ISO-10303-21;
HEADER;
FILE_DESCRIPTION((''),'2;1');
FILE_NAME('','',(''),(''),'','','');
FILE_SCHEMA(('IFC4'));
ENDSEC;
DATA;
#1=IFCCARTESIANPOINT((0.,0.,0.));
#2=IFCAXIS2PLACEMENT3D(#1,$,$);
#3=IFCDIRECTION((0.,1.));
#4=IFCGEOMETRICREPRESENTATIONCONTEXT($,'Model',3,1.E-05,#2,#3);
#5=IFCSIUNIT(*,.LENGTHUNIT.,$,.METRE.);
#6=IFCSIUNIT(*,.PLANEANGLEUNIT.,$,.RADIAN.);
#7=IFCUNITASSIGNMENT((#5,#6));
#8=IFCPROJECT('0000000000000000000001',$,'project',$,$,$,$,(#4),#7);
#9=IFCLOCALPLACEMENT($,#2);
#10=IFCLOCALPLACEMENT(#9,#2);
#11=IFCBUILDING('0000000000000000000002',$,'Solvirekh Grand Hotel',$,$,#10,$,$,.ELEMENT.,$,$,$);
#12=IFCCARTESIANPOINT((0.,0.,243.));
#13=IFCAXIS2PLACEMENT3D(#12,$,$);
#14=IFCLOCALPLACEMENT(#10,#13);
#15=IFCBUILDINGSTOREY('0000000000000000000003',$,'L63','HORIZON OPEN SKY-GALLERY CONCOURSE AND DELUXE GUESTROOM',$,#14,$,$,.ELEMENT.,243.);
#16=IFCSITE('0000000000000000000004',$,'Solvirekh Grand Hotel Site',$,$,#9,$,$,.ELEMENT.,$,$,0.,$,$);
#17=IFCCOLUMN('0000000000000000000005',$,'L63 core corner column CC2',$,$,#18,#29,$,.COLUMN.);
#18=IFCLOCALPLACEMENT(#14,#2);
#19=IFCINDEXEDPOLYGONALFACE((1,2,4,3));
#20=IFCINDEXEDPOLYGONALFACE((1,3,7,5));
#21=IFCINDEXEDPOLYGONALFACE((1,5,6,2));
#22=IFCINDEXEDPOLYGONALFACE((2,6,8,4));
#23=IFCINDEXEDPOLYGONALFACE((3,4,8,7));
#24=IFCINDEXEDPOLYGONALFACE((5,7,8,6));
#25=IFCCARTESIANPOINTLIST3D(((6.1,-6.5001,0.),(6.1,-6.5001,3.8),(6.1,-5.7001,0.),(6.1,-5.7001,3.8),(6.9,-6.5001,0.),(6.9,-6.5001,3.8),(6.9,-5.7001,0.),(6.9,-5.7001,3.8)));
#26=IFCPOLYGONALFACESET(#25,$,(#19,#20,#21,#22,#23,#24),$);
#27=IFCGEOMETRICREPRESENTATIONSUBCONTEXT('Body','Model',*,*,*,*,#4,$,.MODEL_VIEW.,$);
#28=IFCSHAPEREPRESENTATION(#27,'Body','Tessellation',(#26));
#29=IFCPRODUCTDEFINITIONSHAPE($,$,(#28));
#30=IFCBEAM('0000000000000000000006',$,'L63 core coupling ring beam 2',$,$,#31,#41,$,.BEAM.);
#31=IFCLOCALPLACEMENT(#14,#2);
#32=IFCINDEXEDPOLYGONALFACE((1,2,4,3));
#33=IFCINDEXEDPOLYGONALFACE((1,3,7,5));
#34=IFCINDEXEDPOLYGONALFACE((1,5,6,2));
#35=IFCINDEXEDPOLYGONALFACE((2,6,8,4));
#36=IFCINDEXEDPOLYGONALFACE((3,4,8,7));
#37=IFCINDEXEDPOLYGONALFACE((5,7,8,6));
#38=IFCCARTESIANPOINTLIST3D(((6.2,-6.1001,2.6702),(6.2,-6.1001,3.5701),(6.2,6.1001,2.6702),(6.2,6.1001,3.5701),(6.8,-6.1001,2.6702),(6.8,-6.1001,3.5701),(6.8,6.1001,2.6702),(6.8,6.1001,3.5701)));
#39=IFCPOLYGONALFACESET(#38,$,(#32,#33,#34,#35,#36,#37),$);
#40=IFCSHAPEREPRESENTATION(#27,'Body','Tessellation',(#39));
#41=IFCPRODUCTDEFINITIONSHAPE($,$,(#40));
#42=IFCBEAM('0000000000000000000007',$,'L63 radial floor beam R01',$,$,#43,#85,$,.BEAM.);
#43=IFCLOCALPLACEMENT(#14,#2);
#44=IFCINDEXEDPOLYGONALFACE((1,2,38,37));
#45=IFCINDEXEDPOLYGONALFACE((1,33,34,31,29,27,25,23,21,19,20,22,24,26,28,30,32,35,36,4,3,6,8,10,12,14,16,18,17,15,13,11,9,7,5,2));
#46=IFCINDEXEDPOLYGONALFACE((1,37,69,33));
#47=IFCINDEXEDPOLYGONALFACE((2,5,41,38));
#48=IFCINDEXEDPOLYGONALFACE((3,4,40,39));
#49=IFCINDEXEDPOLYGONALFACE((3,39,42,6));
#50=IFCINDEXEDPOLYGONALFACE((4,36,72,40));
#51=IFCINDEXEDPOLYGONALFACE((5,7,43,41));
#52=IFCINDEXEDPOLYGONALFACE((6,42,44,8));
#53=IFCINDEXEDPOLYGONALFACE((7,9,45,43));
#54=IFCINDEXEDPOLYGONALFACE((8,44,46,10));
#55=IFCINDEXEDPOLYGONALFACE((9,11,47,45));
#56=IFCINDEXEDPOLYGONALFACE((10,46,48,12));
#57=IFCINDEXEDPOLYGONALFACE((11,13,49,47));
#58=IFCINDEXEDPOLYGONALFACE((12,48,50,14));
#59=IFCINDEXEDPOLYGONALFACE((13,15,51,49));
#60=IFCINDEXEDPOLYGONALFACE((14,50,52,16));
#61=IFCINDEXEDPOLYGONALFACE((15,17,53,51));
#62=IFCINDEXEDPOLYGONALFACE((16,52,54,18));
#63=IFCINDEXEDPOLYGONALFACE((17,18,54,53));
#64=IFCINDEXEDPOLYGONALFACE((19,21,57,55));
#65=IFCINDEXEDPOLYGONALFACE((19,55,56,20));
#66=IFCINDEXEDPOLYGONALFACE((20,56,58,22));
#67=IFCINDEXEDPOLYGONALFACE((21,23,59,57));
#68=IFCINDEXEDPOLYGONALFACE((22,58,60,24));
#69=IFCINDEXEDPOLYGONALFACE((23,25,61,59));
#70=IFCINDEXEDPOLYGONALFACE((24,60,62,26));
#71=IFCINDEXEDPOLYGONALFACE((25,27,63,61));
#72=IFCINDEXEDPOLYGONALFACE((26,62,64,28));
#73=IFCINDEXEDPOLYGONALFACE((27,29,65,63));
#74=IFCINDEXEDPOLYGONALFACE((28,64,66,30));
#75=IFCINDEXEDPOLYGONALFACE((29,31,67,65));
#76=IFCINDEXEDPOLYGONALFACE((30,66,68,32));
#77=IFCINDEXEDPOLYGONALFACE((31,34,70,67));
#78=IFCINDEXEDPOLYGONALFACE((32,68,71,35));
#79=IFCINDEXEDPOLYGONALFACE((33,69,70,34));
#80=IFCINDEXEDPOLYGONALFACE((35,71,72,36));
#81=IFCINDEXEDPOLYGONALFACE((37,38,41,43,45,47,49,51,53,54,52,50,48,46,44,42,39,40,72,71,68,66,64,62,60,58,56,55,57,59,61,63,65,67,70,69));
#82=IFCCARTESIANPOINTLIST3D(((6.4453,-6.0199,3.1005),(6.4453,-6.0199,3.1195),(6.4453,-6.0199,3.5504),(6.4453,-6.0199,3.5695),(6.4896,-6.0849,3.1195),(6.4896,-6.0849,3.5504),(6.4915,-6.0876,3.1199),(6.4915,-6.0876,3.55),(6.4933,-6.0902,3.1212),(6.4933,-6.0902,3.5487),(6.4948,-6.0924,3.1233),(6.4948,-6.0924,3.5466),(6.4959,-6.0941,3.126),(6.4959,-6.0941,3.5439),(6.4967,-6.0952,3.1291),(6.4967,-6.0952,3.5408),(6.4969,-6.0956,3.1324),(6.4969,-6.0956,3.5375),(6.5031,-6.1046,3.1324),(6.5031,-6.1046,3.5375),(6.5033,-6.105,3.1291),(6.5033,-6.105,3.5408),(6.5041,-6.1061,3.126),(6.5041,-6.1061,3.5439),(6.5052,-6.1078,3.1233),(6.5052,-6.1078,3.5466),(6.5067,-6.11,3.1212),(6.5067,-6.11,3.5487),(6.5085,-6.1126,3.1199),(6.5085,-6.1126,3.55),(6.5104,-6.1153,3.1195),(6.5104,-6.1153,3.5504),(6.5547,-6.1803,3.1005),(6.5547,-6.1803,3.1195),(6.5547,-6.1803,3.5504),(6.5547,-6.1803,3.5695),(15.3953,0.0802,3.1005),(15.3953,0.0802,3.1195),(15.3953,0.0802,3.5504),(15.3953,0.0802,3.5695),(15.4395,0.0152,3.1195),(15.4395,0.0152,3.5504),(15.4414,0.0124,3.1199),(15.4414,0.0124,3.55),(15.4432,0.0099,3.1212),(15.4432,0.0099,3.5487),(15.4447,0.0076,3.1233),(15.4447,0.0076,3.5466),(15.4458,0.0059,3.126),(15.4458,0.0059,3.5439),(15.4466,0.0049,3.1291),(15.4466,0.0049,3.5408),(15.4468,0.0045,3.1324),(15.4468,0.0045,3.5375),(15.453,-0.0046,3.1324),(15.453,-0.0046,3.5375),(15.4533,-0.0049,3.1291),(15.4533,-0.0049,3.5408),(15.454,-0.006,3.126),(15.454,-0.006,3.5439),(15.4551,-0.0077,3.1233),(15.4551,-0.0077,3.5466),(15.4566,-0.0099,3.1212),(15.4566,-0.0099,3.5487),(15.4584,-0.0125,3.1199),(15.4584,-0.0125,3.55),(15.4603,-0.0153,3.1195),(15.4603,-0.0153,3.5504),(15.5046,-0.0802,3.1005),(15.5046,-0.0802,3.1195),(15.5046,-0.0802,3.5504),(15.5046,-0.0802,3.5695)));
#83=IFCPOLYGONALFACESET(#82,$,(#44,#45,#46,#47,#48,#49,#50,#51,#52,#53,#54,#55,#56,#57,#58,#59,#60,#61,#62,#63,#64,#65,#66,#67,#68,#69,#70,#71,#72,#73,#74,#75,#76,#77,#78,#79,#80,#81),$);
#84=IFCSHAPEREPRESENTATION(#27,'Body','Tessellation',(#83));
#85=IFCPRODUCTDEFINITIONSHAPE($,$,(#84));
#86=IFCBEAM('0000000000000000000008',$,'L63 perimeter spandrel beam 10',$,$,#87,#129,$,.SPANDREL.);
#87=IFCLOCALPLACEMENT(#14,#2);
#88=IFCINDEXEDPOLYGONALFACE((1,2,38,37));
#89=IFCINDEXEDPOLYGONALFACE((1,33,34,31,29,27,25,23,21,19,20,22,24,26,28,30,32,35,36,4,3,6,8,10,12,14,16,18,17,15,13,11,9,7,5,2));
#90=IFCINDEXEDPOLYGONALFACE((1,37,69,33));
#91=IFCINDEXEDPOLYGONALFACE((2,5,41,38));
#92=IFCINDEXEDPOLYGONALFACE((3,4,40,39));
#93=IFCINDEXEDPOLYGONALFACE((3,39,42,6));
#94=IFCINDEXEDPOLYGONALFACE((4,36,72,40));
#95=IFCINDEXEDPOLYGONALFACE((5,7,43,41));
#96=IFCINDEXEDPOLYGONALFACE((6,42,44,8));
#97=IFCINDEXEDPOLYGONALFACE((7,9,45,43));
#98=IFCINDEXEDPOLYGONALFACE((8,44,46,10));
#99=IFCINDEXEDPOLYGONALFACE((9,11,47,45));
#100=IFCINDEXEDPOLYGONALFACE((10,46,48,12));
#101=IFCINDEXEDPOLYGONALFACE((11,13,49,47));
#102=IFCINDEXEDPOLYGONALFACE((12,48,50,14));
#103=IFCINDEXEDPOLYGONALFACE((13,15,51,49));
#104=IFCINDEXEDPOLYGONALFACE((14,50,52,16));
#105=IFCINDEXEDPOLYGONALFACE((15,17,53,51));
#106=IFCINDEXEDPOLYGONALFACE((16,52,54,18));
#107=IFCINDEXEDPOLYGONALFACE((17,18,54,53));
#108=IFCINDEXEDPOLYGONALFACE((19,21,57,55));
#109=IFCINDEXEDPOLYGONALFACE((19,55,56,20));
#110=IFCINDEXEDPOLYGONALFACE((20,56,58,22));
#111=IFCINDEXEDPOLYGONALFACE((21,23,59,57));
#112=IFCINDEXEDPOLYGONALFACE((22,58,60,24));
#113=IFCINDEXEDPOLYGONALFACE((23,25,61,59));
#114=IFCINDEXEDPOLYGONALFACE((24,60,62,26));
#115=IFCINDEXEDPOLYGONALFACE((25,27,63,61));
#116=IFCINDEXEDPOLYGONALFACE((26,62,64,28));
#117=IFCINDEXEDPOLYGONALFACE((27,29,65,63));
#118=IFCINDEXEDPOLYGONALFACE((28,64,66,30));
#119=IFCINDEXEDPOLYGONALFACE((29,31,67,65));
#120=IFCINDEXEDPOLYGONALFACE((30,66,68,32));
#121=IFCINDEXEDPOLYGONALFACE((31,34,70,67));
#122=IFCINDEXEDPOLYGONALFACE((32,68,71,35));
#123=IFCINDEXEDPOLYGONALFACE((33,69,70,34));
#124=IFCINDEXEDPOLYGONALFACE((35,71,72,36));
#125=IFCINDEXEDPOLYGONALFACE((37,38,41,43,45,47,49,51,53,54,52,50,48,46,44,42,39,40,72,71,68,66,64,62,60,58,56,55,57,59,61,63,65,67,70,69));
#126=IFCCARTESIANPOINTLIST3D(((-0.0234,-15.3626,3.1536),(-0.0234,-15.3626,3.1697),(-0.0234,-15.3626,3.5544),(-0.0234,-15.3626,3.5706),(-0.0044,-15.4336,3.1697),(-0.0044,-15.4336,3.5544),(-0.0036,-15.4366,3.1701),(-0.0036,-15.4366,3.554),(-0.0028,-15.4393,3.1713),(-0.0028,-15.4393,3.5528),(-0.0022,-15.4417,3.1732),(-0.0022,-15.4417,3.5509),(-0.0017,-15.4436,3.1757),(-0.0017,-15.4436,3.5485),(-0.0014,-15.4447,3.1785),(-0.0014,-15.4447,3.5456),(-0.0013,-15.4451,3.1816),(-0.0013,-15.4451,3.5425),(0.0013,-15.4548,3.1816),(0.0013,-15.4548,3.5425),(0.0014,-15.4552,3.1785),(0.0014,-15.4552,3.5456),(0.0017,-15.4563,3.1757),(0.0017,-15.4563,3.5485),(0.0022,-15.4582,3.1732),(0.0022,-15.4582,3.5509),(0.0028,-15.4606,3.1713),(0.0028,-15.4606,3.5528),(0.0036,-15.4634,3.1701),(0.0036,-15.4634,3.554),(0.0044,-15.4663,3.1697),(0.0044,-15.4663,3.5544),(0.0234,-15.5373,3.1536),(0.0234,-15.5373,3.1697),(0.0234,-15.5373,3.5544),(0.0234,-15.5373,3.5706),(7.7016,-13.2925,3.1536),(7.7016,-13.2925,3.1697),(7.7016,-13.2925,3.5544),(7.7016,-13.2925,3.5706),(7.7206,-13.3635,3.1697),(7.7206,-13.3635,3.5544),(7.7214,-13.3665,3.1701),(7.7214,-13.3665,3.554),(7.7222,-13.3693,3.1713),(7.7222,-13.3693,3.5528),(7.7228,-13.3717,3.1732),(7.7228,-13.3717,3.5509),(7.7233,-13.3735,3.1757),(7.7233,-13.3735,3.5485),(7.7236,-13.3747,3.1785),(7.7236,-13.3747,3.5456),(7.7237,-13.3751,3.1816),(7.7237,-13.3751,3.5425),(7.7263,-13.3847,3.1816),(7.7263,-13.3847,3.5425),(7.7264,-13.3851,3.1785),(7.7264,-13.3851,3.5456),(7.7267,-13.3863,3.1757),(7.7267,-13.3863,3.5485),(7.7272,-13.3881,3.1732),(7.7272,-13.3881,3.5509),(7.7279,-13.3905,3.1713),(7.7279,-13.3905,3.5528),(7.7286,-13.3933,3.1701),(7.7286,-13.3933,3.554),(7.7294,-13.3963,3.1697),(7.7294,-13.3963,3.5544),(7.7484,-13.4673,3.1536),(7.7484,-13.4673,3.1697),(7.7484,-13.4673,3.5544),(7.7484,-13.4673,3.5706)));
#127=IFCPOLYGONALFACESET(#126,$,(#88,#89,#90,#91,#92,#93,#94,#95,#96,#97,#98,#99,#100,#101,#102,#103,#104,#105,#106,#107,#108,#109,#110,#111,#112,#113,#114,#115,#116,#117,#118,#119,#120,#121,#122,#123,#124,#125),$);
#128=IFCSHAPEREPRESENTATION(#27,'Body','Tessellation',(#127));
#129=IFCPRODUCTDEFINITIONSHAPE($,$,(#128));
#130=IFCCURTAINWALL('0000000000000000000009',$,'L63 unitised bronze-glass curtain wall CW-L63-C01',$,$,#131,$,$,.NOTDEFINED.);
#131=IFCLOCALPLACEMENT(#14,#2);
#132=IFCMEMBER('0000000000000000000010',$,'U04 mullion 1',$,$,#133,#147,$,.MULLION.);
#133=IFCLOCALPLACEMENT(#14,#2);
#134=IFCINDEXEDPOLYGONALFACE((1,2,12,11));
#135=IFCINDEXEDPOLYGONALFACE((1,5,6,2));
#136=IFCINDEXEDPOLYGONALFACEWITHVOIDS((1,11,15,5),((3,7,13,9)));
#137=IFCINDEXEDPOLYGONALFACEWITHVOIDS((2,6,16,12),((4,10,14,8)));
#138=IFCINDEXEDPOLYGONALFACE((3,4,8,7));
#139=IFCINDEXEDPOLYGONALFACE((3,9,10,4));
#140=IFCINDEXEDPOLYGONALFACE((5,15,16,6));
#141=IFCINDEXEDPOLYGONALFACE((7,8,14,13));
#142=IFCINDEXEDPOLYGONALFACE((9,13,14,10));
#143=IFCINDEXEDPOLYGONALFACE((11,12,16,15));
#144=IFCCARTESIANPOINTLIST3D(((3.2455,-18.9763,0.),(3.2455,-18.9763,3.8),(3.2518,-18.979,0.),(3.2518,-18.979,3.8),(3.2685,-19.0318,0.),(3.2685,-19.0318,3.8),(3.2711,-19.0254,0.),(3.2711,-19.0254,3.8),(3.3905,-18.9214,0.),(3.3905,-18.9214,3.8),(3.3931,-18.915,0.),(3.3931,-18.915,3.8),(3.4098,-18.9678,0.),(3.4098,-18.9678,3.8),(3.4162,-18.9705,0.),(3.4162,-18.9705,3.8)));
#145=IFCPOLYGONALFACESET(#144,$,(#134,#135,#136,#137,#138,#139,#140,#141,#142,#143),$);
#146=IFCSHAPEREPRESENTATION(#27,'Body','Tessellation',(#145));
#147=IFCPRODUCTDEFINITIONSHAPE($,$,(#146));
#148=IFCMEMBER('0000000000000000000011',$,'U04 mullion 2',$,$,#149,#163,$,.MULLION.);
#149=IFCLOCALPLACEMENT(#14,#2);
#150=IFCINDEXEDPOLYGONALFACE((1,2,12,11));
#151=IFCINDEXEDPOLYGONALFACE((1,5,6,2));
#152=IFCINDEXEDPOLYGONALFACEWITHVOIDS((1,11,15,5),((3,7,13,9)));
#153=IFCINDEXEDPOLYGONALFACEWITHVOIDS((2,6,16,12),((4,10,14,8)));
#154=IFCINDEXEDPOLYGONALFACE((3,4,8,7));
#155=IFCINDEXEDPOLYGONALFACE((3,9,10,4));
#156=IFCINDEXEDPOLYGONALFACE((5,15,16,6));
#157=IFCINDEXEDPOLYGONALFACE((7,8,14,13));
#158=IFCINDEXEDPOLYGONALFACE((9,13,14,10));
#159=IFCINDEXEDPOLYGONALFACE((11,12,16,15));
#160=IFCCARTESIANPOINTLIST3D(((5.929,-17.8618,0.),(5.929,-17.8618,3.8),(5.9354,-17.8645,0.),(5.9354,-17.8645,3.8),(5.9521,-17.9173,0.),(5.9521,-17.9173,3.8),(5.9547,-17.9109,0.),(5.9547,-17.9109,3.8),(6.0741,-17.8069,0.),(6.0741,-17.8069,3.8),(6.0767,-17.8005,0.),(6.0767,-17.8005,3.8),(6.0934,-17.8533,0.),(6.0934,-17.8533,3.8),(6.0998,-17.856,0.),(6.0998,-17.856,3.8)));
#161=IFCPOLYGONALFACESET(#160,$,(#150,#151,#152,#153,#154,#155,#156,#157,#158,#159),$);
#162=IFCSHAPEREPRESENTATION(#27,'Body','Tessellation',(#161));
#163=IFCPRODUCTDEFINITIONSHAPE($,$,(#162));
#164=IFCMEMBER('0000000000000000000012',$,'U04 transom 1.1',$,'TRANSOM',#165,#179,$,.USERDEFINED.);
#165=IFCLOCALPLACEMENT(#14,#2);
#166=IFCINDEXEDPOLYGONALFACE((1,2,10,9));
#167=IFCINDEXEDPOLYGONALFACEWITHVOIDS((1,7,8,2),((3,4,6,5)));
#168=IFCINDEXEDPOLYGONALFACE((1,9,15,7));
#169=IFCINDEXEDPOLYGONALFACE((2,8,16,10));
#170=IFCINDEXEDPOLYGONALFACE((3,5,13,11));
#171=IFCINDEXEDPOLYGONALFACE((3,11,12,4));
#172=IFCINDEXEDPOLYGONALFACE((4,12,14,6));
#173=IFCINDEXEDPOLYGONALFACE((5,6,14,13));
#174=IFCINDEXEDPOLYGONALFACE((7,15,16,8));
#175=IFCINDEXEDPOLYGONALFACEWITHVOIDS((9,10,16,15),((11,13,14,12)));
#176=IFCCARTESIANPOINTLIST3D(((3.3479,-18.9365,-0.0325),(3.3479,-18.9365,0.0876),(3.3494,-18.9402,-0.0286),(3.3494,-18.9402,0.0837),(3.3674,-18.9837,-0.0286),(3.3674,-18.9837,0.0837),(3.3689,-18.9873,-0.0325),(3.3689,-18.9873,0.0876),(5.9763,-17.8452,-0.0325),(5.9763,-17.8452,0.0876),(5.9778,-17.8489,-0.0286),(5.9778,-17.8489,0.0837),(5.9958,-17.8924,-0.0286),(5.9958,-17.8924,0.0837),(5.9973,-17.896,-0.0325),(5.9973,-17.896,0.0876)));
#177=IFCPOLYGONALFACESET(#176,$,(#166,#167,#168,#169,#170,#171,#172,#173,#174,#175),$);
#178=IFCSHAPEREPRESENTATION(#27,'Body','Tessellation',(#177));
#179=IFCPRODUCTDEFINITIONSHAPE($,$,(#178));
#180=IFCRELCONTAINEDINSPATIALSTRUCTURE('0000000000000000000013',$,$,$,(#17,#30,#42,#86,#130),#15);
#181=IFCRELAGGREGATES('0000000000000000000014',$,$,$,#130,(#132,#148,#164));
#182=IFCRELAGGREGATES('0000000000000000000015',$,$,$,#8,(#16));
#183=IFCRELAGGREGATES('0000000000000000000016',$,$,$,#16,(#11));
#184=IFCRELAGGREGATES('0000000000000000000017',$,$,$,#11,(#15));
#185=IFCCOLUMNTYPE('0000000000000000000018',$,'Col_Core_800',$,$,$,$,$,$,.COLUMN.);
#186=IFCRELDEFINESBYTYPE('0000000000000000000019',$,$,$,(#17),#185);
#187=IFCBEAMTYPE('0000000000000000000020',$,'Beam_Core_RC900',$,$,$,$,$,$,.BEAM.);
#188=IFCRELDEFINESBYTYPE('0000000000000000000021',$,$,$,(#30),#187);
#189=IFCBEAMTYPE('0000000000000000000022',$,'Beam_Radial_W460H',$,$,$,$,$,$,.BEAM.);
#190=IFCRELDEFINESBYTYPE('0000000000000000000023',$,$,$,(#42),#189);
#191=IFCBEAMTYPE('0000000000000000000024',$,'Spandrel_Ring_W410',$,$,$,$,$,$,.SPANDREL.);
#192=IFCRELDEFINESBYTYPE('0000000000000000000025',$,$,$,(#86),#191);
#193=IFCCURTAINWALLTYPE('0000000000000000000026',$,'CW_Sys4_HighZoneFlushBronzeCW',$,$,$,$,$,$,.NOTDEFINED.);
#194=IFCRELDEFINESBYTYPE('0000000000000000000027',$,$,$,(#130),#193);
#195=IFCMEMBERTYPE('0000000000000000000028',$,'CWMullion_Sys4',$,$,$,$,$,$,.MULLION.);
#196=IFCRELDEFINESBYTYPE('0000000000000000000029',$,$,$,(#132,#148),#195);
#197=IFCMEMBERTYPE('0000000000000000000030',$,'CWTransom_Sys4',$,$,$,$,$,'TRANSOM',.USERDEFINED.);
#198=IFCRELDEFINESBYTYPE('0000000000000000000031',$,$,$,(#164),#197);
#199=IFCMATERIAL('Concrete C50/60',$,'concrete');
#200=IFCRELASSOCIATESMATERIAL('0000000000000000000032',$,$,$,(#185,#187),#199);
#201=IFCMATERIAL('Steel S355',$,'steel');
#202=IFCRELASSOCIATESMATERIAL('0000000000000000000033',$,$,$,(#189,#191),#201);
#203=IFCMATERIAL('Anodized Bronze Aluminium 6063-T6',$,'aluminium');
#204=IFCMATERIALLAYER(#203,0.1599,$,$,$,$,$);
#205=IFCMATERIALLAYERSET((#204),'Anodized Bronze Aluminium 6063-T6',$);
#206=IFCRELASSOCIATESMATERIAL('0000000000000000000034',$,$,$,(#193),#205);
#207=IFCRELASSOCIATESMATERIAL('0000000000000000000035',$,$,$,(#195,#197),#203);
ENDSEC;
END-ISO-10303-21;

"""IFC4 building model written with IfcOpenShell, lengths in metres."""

from ifc_helpers import new_model, si_unit, direction, frame, origin, origin_2d, place, context, subcontext, project, spatial, rectangle, hollow_rectangle, i_section, extrude, source, transform, mapped, material, layer, layer_set, material_profile, profile_set, type_object, element, aggregate, save


model = new_model("IFC4")

# Units and contexts
model_context = context("Model", 3, precision=1e-05, world=origin(), true_north=direction((0.0, 1.0)))
body_context = subcontext(model_context, "Body", "Model", "MODEL_VIEW")
ifc_project = project(units=[si_unit("LENGTHUNIT", "METRE"), si_unit("PLANEANGLEUNIT", "RADIAN")], contexts=[model_context])

# Site, building, storey
site_placement = place(None, origin())
site = spatial("IfcSite", under=ifc_project, at=site_placement, Name="Solvirekh Grand Hotel Site", CompositionType="ELEMENT", RefElevation=0.0)
building_placement = place(site_placement, origin())
building = spatial("IfcBuilding", under=site, at=building_placement, Name="Solvirekh Grand Hotel", CompositionType="ELEMENT")
storey_placement = place(building_placement, frame((0.0, 0.0, 243.0)))
storey = spatial("IfcBuildingStorey", under=building, at=storey_placement, Name="L63", Description="HORIZON OPEN SKY-GALLERY CONCOURSE AND DELUXE GUESTROOM", CompositionType="ELEMENT", Elevation=243.0)

# Column
ifc_material_1 = material(Name="Concrete C50/60", Category="concrete")
ifc_material_profile_1 = material_profile(ifc_material_1, rectangle(XDim=0.8, YDim=0.8, at=origin_2d()), Name="RC 800X800")
ifc_profile_set_1 = profile_set([ifc_material_profile_1], Name="Concrete C50/60")
column_type = type_object("IfcColumnType", Name="Col_Core_800", PredefinedType="COLUMN", material=ifc_profile_set_1)
column_placement = place(storey_placement, frame((6.5, -6.1001, 0.0), z_axis=(0.0, 0.0, 1.0), x_axis=(1.0, 0.0, 0.0)))
element("IfcColumn", 1, at=column_placement, inside=storey, type_object=column_type, Name="L63 core corner column CC2", PredefinedType="COLUMN", context=body_context, shape_type="SweptSolid", body=[
    extrude(rectangle(XDim=0.8, YDim=0.8, at=origin_2d()), origin(), (0.0, 0.0, 1.0), 3.8),
])

# Beams
ifc_material_profile_2 = material_profile(ifc_material_1, rectangle(XDim=0.6001, YDim=0.8999, at=origin_2d()), Name="RC BEAM 600X900")
ifc_profile_set_2 = profile_set([ifc_material_profile_2], Name="Concrete C50/60")
beam_type_1 = type_object("IfcBeamType", Name="Beam_Core_RC900", PredefinedType="BEAM", material=ifc_profile_set_2)
beam_1_placement = place(storey_placement, frame((6.5, -6.1001, 3.1201), z_axis=(0.0, 1.0, 0.0), x_axis=(-1.0, 0.0, 0.0)))
element("IfcBeam", 2, at=beam_1_placement, inside=storey, type_object=beam_type_1, Name="L63 core coupling ring beam 2", PredefinedType="BEAM", context=body_context, shape_type="SweptSolid", body=[
    extrude(rectangle(XDim=0.6001, YDim=0.8999, at=origin_2d()), origin(), (0.0, 0.0, 1.0), 12.2002),
])
ifc_material_2 = material(Name="Steel S355", Category="steel")
ifc_material_profile_3 = material_profile(ifc_material_2, i_section(OverallWidth=0.1941, OverallDepth=0.469, WebThickness=0.011, FlangeThickness=0.019, FilletRadius=0.0129, at=origin_2d()), Name="W460X106")
ifc_profile_set_3 = profile_set([ifc_material_profile_3], Name="Steel S355")
beam_type_2 = type_object("IfcBeamType", Name="Beam_Radial_W460H", PredefinedType="BEAM", material=ifc_profile_set_3)
beam_2_placement = place(storey_placement, frame((6.5, -6.1001, 3.335), z_axis=(0.826319, 0.563202, 0.0), x_axis=(-0.563202, 0.826319, 0.0)))
element("IfcBeam", 3, at=beam_2_placement, inside=storey, type_object=beam_type_2, Name="L63 radial floor beam R01", PredefinedType="BEAM", context=body_context, shape_type="SweptSolid", body=[
    extrude(i_section(OverallWidth=0.1941, OverallDepth=0.469, WebThickness=0.011, FlangeThickness=0.019, FilletRadius=0.0129, at=origin_2d()), origin(), (0.0, 0.0, 1.0), 10.8311),
])
ifc_material_profile_4 = material_profile(ifc_material_2, i_section(OverallWidth=0.1809, OverallDepth=0.417, WebThickness=0.01, FlangeThickness=0.0161, FilletRadius=0.012, at=origin_2d()), Name="W410X85")
ifc_profile_set_4 = profile_set([ifc_material_profile_4], Name="Steel S355")
beam_type_3 = type_object("IfcBeamType", Name="Spandrel_Ring_W410", PredefinedType="SPANDREL", material=ifc_profile_set_4)
beam_3_placement = place(storey_placement, frame((0.0, -15.45, 3.3621), z_axis=(0.965922, 0.258835, 0.0), x_axis=(-0.258835, 0.965922, 0.0)))
element("IfcBeam", 4, at=beam_3_placement, inside=storey, type_object=beam_type_3, Name="L63 perimeter spandrel beam 10", PredefinedType="SPANDREL", context=body_context, shape_type="SweptSolid", body=[
    extrude(i_section(OverallWidth=0.1809, OverallDepth=0.417, WebThickness=0.01, FlangeThickness=0.0161, FilletRadius=0.012, at=origin_2d()), origin(), (0.0, 0.0, 1.0), 7.9976),
])

# Curtain wall, members
ifc_material_3 = material(Name="Anodized Bronze Aluminium 6063-T6", Category="aluminium")
ifc_layer_1 = layer(ifc_material_3, 0.1599)
ifc_layer_set_1 = layer_set([ifc_layer_1], Name="Anodized Bronze Aluminium 6063-T6")
curtain_wall_type = type_object("IfcCurtainWallType", Name="CW_Sys4_HighZoneFlushBronzeCW", PredefinedType="NOTDEFINED", material=ifc_layer_set_1)
curtain_wall_placement = place(storey_placement, origin())
curtain_wall = element("IfcCurtainWall", 5, at=curtain_wall_placement, inside=storey, type_object=curtain_wall_type, Name="L63 unitised bronze-glass curtain wall CW-L63-C01", PredefinedType="NOTDEFINED")
ifc_material_profile_5 = material_profile(ifc_material_3, hollow_rectangle(XDim=0.0601, YDim=0.1599, WallThickness=0.0049, at=origin_2d()), Name="ALU RHS 160X60X5")
ifc_profile_set_5 = profile_set([ifc_material_profile_5], Name="Anodized Bronze Aluminium 6063-T6")
member_type_1 = type_object("IfcMemberType", Name="CWMullion_Sys4", PredefinedType="MULLION", material=ifc_profile_set_5)
shared_shape_1 = source(origin(), body_context, "Body", "SweptSolid", [
    extrude(hollow_rectangle(XDim=0.0601, YDim=0.1599, WallThickness=0.0049, at=origin_2d()), origin(), (0.0, 0.0, 1.0), 3.8),
])
member_1_placement = place(storey_placement, frame((3.3308, -18.9734, 0.0), z_axis=(0.0, 0.0, 1.0), x_axis=(-0.383515, 0.923535, 0.0)))
member_1 = element("IfcMember", 6, at=member_1_placement, type_object=member_type_1, Name="U04 mullion 1", PredefinedType="MULLION", context=body_context, shape_type="MappedRepresentation", body=[
    mapped(shared_shape_1, transform((0.0, 0.0, 0.0), x_axis=(1.0, 0.0, 0.0), y_axis=(0.0, 1.0, 0.0), z_axis=(0.0, 0.0, 1.0), scale=1.0)),
])
member_2_placement = place(storey_placement, frame((6.0144, -17.8589, 0.0), z_axis=(0.0, 0.0, 1.0), x_axis=(-0.383515, 0.923535, 0.0)))
member_2 = element("IfcMember", 7, at=member_2_placement, type_object=member_type_1, Name="U04 mullion 2", PredefinedType="MULLION", context=body_context, shape_type="MappedRepresentation", body=[
    mapped(shared_shape_1, transform((0.0, 0.0, 0.0), x_axis=(1.0, 0.0, 0.0), y_axis=(0.0, 1.0, 0.0), z_axis=(0.0, 0.0, 1.0), scale=1.0)),
])
ifc_material_profile_6 = material_profile(ifc_material_3, hollow_rectangle(XDim=0.0549, YDim=0.1201, WallThickness=0.0039, at=origin_2d()), Name="ALU RHS 120X55X4")
ifc_profile_set_6 = profile_set([ifc_material_profile_6], Name="Anodized Bronze Aluminium 6063-T6")
member_type_2 = type_object("IfcMemberType", Name="CWTransom_Sys4", ElementType="TRANSOM", PredefinedType="USERDEFINED", material=ifc_profile_set_6)
shared_shape_2 = source(origin(), body_context, "Body", "SweptSolid", [
    extrude(hollow_rectangle(XDim=0.0549, YDim=0.1201, WallThickness=0.0039, at=origin_2d()), origin(), (0.0, 0.0, 1.0), 2.8459),
])
member_3_placement = place(storey_placement, frame((3.3584, -18.9619, 0.0276), z_axis=(0.923558, 0.383458, 0.0), x_axis=(-0.383458, 0.923558, 0.0)))
member_3 = element("IfcMember", 8, at=member_3_placement, type_object=member_type_2, Name="U04 transom 1.1", ObjectType="TRANSOM", PredefinedType="USERDEFINED", context=body_context, shape_type="MappedRepresentation", body=[
    mapped(shared_shape_2, transform((0.0, 0.0, 0.0), x_axis=(1.0, 0.0, 0.0), y_axis=(0.0, 1.0, 0.0), z_axis=(0.0, 0.0, 1.0), scale=1.0)),
])

aggregate(curtain_wall, [member_1, member_2, member_3])

save(model, "model.ifc")
